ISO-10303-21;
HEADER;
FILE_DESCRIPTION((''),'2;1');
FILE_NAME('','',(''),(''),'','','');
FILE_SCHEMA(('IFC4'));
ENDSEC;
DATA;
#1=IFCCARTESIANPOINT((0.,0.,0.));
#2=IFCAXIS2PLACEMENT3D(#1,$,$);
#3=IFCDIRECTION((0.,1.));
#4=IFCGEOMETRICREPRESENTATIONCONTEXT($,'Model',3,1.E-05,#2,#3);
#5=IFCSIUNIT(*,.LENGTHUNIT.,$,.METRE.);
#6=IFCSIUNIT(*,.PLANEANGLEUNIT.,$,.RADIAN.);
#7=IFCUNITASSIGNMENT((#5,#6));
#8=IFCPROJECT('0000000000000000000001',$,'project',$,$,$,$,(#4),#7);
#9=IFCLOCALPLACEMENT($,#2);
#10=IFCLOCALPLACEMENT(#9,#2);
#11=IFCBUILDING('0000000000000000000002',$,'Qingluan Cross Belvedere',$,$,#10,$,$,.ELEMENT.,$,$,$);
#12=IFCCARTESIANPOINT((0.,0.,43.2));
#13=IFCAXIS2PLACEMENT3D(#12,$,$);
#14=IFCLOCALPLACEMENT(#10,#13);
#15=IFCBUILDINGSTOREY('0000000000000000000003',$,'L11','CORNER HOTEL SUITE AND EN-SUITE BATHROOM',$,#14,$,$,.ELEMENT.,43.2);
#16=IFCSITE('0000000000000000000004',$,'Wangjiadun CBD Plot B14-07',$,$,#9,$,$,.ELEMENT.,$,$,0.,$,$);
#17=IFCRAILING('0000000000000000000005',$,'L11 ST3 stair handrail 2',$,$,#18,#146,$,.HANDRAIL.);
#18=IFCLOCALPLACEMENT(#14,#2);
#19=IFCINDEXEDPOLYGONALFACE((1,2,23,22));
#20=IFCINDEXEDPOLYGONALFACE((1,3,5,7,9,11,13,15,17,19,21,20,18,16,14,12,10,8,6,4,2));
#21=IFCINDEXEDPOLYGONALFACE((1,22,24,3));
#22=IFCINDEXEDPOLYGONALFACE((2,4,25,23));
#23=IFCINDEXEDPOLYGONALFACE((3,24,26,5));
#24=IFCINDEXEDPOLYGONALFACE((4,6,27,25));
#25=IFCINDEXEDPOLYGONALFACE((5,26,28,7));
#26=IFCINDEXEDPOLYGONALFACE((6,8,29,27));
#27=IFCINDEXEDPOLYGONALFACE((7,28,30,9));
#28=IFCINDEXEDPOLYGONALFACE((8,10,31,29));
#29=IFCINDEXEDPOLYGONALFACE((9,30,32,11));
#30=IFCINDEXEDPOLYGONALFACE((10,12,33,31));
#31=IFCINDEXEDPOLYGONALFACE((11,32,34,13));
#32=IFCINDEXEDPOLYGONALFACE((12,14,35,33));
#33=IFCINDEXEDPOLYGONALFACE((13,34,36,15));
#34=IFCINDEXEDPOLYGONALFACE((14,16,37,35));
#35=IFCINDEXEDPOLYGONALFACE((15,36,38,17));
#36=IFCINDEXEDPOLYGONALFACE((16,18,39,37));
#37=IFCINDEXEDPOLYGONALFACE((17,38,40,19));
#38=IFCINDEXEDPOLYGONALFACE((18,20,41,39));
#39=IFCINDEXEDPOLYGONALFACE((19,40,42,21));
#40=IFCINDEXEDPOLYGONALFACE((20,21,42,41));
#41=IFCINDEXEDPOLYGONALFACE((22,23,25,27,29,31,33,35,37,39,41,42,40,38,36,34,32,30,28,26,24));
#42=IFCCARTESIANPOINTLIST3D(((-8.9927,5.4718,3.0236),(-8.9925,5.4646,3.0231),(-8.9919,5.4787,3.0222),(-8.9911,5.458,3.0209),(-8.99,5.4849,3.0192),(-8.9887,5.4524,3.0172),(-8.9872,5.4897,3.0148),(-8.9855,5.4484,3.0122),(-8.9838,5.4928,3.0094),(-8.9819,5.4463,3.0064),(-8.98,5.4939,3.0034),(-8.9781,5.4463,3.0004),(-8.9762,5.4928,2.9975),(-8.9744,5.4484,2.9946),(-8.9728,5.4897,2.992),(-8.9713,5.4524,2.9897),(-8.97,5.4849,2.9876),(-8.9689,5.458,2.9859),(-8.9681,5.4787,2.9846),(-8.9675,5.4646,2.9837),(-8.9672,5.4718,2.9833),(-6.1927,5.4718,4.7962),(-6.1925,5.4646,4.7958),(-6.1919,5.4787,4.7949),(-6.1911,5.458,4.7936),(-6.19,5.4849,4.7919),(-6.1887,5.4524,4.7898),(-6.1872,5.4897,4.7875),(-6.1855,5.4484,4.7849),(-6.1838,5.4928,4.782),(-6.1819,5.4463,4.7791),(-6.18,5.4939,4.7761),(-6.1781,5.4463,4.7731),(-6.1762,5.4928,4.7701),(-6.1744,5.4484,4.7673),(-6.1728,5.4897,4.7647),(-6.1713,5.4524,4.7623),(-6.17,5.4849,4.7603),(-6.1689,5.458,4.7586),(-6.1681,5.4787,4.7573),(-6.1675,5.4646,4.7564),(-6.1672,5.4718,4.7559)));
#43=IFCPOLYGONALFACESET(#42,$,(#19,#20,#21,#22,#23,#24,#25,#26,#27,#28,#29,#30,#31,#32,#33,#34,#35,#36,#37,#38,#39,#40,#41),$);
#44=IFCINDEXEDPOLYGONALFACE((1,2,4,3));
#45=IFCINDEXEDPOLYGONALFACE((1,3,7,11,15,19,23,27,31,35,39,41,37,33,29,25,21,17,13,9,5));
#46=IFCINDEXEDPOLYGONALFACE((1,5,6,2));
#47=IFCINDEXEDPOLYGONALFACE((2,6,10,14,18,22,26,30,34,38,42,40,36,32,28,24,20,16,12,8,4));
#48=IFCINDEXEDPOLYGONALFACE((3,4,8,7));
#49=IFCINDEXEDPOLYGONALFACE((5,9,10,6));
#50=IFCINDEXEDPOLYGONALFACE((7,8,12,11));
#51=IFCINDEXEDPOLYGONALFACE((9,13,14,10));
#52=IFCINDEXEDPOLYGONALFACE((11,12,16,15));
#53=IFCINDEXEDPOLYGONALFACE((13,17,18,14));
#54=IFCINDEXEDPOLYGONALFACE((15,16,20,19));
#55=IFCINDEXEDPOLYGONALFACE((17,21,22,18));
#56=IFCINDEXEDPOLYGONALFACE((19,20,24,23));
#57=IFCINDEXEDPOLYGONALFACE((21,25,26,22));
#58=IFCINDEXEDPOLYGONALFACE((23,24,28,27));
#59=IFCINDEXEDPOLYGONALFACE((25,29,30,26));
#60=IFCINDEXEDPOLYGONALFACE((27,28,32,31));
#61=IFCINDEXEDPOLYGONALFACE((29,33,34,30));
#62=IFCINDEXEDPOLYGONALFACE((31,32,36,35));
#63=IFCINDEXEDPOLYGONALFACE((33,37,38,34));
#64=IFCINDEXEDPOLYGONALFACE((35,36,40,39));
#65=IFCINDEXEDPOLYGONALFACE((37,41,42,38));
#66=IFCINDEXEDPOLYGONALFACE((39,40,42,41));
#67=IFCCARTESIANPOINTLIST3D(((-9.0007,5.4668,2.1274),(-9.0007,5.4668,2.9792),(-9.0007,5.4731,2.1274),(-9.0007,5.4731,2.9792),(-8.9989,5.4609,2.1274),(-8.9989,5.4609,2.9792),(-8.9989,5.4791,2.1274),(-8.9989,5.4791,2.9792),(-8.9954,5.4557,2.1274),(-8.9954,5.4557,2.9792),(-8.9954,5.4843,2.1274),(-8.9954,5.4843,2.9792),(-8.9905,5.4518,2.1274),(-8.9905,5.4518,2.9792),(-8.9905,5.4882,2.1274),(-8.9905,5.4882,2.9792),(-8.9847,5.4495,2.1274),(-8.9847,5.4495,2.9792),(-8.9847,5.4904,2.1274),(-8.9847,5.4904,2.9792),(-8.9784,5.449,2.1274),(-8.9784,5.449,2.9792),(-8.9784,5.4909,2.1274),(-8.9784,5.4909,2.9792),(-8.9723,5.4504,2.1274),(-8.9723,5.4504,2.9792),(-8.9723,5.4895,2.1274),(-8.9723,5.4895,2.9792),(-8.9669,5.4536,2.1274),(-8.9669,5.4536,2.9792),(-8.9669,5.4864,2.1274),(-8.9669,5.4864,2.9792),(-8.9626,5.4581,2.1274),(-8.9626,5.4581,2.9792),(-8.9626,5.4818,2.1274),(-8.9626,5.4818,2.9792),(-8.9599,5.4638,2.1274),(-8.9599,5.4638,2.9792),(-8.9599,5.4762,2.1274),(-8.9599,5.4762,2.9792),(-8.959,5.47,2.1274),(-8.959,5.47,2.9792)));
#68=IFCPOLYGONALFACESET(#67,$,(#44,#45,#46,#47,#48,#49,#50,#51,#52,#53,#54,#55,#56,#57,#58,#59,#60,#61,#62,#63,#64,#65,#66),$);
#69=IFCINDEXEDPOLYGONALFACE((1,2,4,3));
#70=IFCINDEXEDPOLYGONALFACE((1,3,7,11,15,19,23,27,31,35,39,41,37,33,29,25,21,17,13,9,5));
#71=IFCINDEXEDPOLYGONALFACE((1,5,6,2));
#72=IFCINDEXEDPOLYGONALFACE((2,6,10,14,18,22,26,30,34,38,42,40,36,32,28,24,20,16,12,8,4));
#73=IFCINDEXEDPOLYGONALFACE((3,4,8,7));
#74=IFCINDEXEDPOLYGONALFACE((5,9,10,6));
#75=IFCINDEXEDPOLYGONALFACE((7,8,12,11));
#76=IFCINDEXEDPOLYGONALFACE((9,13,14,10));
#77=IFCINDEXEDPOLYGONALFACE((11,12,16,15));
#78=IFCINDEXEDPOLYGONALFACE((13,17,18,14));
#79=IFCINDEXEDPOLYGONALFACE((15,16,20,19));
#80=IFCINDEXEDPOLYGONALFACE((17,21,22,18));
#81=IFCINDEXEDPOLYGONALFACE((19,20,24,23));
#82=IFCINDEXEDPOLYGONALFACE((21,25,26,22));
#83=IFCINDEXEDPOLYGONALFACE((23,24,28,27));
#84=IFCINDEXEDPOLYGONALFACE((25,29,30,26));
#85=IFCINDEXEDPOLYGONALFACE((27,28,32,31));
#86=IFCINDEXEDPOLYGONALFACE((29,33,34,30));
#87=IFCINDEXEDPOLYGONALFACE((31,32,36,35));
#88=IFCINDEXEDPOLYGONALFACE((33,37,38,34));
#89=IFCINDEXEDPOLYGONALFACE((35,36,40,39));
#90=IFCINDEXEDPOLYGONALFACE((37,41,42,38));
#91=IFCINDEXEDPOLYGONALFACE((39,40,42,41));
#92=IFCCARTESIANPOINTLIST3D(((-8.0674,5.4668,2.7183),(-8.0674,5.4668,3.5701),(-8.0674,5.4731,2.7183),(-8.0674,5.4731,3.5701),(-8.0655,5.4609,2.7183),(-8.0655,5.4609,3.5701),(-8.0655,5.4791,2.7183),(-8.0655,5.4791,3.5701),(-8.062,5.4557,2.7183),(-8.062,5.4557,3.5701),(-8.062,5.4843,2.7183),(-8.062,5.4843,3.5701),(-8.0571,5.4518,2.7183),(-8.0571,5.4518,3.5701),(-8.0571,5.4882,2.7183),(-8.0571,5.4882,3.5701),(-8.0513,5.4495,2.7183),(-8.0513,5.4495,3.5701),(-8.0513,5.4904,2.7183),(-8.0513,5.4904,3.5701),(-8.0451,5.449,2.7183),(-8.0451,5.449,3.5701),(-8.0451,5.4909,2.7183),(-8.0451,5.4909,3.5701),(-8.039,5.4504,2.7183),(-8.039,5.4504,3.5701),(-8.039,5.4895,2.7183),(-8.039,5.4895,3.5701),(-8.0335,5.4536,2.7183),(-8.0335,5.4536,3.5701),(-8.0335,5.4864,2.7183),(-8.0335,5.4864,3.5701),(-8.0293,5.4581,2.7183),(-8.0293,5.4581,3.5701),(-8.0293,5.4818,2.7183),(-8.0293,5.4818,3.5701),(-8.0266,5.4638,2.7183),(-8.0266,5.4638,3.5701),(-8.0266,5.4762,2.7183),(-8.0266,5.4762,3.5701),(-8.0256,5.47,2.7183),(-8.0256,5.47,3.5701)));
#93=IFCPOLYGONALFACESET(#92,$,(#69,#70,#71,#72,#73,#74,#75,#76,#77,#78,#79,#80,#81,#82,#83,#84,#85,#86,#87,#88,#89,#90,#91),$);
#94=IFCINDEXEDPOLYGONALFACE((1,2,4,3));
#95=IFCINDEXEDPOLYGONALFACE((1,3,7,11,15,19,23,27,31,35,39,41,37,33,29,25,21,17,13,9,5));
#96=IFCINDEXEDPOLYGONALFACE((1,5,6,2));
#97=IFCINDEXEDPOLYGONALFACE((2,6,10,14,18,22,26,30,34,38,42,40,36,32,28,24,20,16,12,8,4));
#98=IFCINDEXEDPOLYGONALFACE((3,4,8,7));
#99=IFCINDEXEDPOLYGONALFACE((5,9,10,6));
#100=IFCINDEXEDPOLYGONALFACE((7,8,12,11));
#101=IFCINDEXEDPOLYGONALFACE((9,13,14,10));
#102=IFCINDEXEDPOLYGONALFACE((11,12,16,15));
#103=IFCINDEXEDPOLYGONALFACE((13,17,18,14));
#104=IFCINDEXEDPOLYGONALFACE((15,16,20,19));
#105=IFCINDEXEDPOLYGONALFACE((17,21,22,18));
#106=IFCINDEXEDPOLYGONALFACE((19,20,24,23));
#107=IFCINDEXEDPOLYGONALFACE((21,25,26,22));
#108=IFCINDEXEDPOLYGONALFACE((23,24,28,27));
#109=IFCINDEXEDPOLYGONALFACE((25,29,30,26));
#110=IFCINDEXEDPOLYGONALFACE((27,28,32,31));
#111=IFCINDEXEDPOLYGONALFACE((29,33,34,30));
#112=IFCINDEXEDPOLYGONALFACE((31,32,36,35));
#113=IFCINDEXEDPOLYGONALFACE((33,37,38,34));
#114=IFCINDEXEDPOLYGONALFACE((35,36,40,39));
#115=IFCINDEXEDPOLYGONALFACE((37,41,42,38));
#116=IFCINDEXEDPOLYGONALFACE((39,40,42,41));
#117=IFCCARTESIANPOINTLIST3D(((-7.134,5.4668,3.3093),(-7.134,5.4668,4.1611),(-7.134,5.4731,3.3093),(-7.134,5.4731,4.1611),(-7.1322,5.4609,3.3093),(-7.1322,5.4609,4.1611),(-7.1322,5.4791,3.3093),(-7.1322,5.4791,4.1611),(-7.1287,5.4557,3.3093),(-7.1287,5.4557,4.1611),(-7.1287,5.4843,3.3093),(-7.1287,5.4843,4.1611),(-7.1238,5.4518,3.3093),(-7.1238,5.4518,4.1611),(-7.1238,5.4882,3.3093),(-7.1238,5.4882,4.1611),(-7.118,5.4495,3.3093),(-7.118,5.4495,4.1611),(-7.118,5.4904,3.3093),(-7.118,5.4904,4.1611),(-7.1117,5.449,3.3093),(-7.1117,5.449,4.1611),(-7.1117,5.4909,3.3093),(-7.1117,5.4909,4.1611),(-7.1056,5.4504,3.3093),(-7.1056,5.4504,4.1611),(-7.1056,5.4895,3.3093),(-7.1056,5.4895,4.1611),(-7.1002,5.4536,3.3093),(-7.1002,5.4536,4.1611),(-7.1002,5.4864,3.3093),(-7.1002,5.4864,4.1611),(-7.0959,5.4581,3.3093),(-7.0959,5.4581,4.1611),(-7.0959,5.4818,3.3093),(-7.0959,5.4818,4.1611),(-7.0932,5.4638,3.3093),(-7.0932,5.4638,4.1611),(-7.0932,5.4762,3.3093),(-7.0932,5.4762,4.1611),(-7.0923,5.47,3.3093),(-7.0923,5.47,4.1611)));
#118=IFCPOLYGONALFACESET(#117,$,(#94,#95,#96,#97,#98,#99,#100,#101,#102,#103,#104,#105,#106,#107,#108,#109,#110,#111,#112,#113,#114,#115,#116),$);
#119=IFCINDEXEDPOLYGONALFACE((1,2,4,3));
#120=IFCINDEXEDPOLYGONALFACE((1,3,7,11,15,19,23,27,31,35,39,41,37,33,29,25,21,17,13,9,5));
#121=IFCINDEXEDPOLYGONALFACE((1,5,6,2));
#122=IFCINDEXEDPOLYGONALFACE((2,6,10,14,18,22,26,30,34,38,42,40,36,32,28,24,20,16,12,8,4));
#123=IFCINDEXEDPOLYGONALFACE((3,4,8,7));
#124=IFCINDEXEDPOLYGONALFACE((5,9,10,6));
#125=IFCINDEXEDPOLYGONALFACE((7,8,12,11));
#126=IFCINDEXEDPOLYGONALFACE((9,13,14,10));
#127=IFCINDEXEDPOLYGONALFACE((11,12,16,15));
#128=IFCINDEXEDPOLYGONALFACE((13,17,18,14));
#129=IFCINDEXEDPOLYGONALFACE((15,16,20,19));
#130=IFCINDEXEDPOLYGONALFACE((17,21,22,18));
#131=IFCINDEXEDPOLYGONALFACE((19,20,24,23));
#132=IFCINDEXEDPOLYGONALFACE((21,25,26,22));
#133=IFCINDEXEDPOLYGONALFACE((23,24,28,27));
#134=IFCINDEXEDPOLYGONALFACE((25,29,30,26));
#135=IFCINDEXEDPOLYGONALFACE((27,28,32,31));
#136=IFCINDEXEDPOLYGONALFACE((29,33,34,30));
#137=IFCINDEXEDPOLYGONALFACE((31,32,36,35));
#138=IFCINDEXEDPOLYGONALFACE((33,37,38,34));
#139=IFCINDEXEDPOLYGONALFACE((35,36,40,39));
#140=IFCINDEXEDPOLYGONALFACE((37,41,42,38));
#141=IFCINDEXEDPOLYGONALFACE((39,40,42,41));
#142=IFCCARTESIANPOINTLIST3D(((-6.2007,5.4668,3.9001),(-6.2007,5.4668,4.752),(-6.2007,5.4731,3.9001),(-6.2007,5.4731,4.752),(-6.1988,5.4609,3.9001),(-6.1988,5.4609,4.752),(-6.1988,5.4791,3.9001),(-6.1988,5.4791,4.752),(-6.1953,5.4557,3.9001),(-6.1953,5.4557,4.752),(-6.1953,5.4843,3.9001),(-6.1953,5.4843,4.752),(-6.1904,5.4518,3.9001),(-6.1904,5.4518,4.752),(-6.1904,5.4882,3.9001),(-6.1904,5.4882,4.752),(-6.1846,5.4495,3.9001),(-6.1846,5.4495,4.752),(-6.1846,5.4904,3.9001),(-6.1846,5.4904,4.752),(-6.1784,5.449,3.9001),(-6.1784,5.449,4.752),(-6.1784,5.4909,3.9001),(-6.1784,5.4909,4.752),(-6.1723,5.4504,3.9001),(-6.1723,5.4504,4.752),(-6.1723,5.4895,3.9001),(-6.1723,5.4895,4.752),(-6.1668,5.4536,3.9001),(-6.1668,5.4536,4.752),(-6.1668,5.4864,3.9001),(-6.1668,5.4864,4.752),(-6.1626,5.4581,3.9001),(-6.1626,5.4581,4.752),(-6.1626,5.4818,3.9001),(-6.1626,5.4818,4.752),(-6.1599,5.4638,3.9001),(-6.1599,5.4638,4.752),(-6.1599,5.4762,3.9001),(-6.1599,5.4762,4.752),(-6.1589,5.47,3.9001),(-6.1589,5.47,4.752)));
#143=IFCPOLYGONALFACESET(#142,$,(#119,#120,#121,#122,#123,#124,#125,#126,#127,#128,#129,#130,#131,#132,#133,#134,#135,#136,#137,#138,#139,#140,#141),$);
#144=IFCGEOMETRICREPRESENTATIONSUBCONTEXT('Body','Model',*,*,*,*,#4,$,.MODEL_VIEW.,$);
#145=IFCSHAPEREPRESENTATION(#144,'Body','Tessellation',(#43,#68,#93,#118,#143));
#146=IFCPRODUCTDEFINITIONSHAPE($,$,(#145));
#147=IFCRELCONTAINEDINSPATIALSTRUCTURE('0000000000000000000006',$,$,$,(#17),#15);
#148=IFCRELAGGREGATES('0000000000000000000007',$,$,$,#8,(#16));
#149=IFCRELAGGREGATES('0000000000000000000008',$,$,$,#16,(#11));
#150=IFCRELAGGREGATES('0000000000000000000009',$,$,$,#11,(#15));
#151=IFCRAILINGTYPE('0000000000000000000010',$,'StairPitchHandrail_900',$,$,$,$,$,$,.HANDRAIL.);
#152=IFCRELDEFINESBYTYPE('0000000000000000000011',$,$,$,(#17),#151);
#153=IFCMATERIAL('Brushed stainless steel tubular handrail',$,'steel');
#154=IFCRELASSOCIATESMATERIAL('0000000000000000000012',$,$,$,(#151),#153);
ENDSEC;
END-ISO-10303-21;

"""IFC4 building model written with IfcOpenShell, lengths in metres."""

from ifc_helpers import new_model, si_unit, direction, frame, origin, origin_2d, place, context, subcontext, project, spatial, circle, extrude, material, type_object, element, save


model = new_model("IFC4")

# Units and contexts
model_context = context("Model", 3, precision=1e-05, world=origin(), true_north=direction((0.0, 1.0)))
body_context = subcontext(model_context, "Body", "Model", "MODEL_VIEW")
ifc_project = project(units=[si_unit("LENGTHUNIT", "METRE"), si_unit("PLANEANGLEUNIT", "RADIAN")], contexts=[model_context])

# Site, building, storey
site_placement = place(None, origin())
site = spatial("IfcSite", under=ifc_project, at=site_placement, Name="Wangjiadun CBD Plot B14-07", CompositionType="ELEMENT", RefElevation=0.0)
building_placement = place(site_placement, origin())
building = spatial("IfcBuilding", under=site, at=building_placement, Name="Qingluan Cross Belvedere", CompositionType="ELEMENT")
storey_placement = place(building_placement, frame((0.0, 0.0, 43.2)))
storey = spatial("IfcBuildingStorey", under=building, at=storey_placement, Name="L11", Description="CORNER HOTEL SUITE AND EN-SUITE BATHROOM", CompositionType="ELEMENT", Elevation=43.2)

# Railing
ifc_material_1 = material(Name="Brushed stainless steel tubular handrail", Category="steel")
railing_type_1 = type_object("IfcRailingType", Name="StairPitchHandrail_900", PredefinedType="HANDRAIL", material=ifc_material_1)
railing_1_placement = place(storey_placement, frame((-8.98, 5.47, 2.1274)))
element("IfcRailing", 1, at=railing_1_placement, inside=storey, type_object=railing_type_1, Name="L11 ST3 stair handrail 2", PredefinedType="HANDRAIL", context=body_context, shape_type="SweptSolid", body=[
    extrude(circle(Radius=0.0239, at=origin_2d()), frame((0.0, 0.0, 0.876), z_axis=(0.844909, 0.0, 0.53491), x_axis=(0.0, 1.0, 0.0)), (0.0, 0.0, 1.0), 3.314),
    extrude(circle(Radius=0.021, at=origin_2d()), origin(), (0.0, 0.0, 1.0), 0.8518),
    extrude(circle(Radius=0.021, at=origin_2d()), frame((0.9333, 0.0, 0.5908)), (0.0, 0.0, 1.0), 0.8518),
    extrude(circle(Radius=0.021, at=origin_2d()), frame((1.8667, 0.0, 1.1819)), (0.0, 0.0, 1.0), 0.8518),
    extrude(circle(Radius=0.021, at=origin_2d()), frame((2.8, 0.0, 1.7727)), (0.0, 0.0, 1.0), 0.8518),
])

save(model, "model.ifc")
